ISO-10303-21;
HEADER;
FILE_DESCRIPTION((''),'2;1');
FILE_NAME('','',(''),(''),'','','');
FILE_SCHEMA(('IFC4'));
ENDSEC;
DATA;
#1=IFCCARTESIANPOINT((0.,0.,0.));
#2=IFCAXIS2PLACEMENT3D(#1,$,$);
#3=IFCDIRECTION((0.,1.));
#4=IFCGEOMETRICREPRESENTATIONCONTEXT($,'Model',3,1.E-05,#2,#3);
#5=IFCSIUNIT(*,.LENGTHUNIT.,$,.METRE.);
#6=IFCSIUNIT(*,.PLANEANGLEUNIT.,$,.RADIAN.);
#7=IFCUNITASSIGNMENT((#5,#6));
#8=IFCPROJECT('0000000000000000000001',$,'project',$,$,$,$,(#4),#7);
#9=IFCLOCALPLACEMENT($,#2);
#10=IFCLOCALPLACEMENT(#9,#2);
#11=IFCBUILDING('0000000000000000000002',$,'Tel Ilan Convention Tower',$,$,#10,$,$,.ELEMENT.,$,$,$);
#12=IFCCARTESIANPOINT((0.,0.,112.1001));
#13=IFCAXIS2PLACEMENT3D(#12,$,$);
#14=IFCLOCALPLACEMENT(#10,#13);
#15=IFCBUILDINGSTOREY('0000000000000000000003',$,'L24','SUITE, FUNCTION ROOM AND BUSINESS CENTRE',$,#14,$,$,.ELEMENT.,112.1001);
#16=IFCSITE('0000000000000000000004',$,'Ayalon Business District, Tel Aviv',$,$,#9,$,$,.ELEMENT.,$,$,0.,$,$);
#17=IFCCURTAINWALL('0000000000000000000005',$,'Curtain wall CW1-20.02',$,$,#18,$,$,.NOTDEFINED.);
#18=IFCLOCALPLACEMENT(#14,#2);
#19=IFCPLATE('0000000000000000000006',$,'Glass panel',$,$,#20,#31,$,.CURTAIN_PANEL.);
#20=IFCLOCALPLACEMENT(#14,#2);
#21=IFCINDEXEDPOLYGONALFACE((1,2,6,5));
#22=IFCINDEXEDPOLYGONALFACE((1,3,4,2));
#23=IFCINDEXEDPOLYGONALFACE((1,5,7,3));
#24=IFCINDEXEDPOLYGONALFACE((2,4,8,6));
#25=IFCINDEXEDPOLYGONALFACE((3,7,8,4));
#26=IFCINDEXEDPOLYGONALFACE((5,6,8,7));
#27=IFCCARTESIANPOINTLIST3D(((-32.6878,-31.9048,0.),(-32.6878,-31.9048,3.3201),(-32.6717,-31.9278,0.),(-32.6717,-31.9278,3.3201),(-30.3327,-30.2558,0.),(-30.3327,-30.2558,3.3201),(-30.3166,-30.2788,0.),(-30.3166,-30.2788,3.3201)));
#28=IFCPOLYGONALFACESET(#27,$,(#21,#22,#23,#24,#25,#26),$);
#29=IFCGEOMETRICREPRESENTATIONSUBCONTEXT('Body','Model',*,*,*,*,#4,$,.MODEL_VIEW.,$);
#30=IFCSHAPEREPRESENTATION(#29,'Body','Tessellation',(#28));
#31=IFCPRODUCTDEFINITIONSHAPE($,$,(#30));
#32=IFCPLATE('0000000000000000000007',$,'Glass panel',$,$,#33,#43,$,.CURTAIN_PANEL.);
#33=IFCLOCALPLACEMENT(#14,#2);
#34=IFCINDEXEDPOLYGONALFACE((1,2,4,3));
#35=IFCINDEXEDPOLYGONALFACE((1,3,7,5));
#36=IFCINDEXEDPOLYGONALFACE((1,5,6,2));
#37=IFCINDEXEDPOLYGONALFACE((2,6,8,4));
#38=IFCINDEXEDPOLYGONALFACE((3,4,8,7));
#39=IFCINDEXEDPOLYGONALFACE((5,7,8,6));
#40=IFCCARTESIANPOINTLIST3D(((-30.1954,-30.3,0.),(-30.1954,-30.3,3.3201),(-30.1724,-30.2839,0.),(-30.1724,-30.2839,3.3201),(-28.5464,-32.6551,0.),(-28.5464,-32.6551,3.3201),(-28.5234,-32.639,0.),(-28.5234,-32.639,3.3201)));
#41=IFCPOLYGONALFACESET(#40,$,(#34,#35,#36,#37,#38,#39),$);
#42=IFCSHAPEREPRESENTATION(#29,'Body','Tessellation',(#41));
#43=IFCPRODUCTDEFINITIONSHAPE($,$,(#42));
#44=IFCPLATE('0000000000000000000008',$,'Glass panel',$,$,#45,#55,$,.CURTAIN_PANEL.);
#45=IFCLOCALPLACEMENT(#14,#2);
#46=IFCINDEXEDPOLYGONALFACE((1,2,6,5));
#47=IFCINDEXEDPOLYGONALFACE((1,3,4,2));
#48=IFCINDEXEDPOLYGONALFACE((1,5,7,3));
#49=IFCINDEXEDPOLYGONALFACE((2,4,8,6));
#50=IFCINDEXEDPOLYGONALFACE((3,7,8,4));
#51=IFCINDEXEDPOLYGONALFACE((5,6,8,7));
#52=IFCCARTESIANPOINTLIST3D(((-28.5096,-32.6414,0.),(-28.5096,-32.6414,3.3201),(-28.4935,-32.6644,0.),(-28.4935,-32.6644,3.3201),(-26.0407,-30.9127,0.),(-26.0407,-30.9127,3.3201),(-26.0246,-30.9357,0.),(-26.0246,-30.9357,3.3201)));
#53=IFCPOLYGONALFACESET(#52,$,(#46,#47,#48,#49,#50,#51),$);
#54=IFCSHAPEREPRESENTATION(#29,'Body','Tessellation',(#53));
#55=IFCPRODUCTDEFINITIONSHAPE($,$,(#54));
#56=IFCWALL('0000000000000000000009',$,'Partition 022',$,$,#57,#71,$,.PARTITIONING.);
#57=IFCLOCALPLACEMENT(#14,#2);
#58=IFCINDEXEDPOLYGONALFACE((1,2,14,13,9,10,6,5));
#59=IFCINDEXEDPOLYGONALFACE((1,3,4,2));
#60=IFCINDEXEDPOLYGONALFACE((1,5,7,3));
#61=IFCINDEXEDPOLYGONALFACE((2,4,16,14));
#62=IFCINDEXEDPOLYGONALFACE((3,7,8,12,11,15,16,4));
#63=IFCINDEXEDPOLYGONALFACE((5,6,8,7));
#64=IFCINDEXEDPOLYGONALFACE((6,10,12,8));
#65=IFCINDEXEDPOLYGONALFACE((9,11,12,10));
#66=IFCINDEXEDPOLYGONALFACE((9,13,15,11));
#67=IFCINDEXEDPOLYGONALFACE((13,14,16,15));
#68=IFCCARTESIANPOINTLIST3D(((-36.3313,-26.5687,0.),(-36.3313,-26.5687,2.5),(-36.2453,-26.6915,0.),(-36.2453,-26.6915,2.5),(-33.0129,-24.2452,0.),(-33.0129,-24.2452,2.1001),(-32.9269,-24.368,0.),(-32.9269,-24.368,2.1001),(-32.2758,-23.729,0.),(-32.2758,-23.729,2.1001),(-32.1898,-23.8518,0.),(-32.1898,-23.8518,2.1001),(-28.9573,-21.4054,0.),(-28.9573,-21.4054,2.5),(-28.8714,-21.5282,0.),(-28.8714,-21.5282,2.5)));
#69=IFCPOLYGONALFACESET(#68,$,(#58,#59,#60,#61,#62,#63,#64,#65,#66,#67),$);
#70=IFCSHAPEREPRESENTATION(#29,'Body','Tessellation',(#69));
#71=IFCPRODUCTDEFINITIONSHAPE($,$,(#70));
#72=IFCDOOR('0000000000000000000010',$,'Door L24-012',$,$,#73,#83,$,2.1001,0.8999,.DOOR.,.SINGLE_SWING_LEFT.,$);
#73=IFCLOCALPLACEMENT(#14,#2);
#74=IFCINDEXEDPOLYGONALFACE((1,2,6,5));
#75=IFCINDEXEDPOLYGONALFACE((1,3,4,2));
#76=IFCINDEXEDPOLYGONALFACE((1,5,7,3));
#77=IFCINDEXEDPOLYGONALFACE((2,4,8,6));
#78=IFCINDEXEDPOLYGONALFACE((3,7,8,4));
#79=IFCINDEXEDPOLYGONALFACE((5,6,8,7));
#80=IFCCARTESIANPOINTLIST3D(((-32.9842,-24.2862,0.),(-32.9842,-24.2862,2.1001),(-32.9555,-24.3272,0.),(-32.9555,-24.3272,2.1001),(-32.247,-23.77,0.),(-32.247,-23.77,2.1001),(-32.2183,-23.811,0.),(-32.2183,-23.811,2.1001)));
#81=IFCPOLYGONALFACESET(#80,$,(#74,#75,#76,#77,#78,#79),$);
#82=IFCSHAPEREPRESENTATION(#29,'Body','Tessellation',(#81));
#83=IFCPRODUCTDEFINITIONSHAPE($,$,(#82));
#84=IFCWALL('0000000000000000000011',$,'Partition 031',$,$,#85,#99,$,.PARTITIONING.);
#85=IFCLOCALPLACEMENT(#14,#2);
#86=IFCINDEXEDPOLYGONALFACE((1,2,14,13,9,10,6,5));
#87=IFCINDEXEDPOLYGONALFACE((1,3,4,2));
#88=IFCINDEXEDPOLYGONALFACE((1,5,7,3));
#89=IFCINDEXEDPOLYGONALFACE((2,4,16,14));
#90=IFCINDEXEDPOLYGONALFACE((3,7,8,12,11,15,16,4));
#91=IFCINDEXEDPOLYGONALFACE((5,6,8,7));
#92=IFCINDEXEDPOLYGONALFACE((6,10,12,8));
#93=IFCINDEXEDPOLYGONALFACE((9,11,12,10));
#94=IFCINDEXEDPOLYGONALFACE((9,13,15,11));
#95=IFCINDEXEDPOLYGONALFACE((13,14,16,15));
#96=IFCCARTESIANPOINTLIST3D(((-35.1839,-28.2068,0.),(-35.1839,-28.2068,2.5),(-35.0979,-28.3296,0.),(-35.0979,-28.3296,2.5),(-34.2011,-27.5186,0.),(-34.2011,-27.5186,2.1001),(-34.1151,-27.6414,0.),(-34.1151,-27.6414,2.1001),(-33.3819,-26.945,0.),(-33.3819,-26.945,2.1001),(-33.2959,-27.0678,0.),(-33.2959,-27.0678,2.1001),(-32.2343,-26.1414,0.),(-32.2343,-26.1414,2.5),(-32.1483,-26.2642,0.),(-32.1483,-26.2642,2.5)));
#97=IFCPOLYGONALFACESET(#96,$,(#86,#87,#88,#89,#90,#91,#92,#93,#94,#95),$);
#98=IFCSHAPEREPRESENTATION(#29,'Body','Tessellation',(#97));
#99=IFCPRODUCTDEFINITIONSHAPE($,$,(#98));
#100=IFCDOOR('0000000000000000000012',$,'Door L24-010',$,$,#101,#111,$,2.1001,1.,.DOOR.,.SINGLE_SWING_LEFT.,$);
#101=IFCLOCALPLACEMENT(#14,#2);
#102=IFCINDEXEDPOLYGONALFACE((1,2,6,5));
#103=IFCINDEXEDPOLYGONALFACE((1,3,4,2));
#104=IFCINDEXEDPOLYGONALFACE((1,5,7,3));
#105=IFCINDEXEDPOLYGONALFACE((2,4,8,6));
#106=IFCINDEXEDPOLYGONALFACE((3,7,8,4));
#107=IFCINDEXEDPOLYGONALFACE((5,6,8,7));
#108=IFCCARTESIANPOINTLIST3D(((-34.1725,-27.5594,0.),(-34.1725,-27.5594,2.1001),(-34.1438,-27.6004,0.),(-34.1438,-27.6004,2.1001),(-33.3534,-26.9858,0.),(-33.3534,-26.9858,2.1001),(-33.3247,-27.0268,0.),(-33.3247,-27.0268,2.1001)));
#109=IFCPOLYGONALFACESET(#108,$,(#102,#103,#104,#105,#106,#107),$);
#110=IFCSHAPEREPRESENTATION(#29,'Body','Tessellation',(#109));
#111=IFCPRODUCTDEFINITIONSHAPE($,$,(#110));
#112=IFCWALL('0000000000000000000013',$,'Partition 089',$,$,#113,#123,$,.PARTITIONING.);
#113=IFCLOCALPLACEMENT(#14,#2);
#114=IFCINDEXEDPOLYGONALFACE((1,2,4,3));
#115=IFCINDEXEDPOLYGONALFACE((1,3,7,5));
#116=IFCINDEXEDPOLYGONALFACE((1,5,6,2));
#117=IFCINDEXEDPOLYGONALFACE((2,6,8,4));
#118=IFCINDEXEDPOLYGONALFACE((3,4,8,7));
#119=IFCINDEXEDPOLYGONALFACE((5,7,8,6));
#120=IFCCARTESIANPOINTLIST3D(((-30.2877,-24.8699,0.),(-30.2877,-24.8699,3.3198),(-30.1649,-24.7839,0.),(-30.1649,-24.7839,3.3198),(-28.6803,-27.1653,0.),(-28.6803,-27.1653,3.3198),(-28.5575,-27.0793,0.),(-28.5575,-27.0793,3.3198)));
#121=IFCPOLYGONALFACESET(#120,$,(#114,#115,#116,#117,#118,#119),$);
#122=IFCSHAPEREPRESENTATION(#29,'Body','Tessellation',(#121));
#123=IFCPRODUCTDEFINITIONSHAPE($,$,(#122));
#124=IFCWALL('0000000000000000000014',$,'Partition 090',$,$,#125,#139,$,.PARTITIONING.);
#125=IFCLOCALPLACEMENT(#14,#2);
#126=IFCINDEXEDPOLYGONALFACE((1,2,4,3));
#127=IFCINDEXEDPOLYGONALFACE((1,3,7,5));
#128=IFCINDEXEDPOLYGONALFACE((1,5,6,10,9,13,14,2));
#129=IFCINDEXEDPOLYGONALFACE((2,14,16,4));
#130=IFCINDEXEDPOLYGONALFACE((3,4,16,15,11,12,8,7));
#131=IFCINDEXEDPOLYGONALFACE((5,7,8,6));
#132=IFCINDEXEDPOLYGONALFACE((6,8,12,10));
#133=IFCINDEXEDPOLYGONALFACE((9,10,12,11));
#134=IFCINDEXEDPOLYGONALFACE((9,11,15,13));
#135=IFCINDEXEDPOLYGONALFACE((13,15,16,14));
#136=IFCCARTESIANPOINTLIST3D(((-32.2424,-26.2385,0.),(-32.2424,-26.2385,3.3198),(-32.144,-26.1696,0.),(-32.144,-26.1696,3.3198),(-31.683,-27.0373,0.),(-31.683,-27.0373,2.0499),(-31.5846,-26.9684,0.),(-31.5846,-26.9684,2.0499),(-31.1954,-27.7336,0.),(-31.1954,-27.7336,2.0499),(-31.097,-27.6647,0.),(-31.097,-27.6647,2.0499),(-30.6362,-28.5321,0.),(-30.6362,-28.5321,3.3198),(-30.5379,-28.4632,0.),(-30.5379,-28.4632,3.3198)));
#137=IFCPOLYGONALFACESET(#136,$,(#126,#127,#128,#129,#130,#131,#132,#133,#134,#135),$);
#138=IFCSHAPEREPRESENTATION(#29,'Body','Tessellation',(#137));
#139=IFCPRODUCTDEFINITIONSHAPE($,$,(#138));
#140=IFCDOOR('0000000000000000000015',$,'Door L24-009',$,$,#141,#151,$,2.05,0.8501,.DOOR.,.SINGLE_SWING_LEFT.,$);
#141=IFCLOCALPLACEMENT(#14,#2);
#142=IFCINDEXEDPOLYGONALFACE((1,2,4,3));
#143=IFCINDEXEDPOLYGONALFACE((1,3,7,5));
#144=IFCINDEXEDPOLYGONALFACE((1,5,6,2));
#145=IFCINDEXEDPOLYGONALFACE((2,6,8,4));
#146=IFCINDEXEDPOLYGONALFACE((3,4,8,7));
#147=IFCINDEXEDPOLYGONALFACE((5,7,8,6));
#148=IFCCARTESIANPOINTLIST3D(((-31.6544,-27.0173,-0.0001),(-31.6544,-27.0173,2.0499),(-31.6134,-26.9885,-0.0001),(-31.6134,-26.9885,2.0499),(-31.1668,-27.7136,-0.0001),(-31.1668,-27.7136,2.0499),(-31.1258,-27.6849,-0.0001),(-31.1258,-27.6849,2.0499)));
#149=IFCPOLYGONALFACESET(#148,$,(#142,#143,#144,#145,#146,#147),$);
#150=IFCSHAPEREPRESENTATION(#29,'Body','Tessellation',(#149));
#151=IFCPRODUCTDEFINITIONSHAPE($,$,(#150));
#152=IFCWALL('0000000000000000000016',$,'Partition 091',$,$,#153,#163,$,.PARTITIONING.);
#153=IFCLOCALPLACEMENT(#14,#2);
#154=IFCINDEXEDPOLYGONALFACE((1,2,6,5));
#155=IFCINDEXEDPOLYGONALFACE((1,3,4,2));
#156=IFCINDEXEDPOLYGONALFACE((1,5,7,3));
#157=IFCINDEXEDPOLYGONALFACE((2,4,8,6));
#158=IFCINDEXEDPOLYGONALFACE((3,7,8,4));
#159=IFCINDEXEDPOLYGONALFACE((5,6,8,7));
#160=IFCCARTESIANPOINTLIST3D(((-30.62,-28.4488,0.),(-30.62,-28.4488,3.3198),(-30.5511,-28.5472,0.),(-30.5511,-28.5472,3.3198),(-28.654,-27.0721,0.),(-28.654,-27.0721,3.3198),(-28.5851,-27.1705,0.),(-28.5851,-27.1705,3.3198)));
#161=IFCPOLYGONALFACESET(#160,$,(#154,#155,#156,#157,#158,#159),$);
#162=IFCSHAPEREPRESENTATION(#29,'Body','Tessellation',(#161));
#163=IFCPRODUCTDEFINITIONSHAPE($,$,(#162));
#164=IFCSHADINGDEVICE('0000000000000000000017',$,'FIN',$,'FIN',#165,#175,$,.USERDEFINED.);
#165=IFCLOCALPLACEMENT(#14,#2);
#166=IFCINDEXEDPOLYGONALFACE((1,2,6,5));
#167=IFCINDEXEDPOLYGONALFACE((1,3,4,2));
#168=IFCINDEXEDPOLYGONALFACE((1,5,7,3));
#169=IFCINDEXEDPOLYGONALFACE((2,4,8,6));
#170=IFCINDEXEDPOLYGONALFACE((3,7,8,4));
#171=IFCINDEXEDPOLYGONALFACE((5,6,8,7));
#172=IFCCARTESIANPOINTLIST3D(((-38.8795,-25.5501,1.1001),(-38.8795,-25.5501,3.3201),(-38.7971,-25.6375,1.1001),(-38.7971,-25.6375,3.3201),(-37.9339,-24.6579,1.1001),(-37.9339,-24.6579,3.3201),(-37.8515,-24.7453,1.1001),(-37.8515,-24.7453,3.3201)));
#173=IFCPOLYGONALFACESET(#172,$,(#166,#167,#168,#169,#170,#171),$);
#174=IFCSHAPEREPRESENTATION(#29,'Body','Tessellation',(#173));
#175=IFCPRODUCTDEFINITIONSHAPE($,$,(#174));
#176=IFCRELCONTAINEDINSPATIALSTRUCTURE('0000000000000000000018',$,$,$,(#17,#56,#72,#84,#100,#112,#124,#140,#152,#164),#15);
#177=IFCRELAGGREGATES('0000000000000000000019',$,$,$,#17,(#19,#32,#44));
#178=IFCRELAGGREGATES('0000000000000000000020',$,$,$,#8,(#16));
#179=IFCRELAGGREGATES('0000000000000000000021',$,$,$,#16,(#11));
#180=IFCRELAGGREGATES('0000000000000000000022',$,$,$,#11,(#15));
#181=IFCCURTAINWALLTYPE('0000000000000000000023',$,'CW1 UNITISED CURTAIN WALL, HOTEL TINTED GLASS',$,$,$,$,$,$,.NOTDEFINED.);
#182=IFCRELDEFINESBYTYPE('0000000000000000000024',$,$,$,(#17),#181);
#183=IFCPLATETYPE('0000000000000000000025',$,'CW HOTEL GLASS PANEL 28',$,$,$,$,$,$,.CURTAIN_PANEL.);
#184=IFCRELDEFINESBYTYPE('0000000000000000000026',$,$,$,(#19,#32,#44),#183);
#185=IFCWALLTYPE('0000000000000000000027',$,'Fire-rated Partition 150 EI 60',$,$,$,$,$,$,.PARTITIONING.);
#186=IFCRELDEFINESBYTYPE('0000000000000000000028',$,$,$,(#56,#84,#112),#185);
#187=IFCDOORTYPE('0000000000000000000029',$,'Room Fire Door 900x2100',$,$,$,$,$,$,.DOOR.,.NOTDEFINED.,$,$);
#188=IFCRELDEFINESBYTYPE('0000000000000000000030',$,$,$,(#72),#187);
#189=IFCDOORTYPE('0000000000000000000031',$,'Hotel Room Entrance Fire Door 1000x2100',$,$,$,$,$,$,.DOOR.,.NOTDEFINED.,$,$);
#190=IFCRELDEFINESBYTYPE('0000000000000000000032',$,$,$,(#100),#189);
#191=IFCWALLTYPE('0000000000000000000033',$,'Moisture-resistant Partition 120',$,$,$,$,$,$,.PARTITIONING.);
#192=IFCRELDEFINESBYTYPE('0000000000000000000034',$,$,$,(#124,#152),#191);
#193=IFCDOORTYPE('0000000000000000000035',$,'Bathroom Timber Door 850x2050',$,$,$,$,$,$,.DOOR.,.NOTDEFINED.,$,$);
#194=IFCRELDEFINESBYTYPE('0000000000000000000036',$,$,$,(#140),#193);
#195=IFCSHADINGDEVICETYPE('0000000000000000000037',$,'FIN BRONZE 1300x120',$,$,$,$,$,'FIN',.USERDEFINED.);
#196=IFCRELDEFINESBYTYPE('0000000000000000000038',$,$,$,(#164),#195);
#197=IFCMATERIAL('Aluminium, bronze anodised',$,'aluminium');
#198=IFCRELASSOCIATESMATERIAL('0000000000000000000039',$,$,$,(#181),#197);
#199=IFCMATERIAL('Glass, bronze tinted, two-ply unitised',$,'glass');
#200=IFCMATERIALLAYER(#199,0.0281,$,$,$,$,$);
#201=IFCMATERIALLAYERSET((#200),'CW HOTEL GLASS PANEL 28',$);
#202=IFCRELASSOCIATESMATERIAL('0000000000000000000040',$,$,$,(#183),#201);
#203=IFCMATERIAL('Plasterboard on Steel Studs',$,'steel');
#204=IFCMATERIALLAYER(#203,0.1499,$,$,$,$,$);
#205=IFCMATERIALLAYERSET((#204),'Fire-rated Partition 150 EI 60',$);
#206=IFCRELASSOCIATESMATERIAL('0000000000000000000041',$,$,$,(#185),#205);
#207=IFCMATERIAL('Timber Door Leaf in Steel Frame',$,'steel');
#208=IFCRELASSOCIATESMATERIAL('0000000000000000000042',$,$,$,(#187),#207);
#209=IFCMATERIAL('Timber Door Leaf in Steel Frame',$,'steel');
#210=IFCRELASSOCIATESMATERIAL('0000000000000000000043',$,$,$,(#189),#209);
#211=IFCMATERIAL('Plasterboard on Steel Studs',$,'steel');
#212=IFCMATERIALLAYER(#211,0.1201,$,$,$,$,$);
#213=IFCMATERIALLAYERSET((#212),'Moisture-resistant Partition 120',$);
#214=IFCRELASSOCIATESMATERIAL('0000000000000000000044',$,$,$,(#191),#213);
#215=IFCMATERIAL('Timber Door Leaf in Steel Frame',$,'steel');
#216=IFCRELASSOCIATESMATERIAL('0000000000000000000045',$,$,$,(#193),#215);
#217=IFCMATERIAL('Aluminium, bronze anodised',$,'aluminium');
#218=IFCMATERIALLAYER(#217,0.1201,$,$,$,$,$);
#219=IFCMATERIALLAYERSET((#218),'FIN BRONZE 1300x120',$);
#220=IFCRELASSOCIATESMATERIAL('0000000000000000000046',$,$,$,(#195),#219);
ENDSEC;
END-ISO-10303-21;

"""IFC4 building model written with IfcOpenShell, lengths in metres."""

from ifc_helpers import new_model, si_unit, direction, frame, frame_2d, origin, origin_2d, place, context, subcontext, project, spatial, rectangle, extrude, material, layer, layer_set, type_object, element, fill, aggregate, save


model = new_model("IFC4")

# Units and contexts
model_context = context("Model", 3, precision=1e-05, world=origin(), true_north=direction((0.0, 1.0)))
body_context = subcontext(model_context, "Body", "Model", "MODEL_VIEW")
ifc_project = project(units=[si_unit("LENGTHUNIT", "METRE"), si_unit("PLANEANGLEUNIT", "RADIAN")], contexts=[model_context])

# Site, building, storey
site_placement = place(None, origin())
site = spatial("IfcSite", under=ifc_project, at=site_placement, Name="Ayalon Business District, Tel Aviv", CompositionType="ELEMENT", RefElevation=0.0)
building_placement = place(site_placement, origin())
building = spatial("IfcBuilding", under=site, at=building_placement, Name="Tel Ilan Convention Tower", CompositionType="ELEMENT")
storey_placement = place(building_placement, frame((0.0, 0.0, 112.1001)))
storey = spatial("IfcBuildingStorey", under=building, at=storey_placement, Name="L24", Description="SUITE, FUNCTION ROOM AND BUSINESS CENTRE", CompositionType="ELEMENT", Elevation=112.1001)

# Curtain wall, plates
ifc_material_1 = material(Name="Aluminium, bronze anodised", Category="aluminium")
curtain_wall_type = type_object("IfcCurtainWallType", Name="CW1 UNITISED CURTAIN WALL, HOTEL TINTED GLASS", PredefinedType="NOTDEFINED", material=ifc_material_1)
curtain_wall_placement = place(storey_placement, origin())
curtain_wall = element("IfcCurtainWall", 1, at=curtain_wall_placement, inside=storey, type_object=curtain_wall_type, Name="Curtain wall CW1-20.02", PredefinedType="NOTDEFINED")
ifc_material_2 = material(Name="Glass, bronze tinted, two-ply unitised", Category="glass")
ifc_layer_1 = layer(ifc_material_2, 0.0281)
ifc_layer_set_1 = layer_set([ifc_layer_1], Name="CW HOTEL GLASS PANEL 28")
plate_type = type_object("IfcPlateType", Name="CW HOTEL GLASS PANEL 28", PredefinedType="CURTAIN_PANEL", material=ifc_layer_set_1)
plate_1_placement = place(storey_placement, frame((-31.5022, -31.0918, 0.0), z_axis=(0.0, 0.0, 1.0), x_axis=(0.819152, 0.573576, 0.0)))
plate_1 = element("IfcPlate", 2, at=plate_1_placement, type_object=plate_type, Name="Glass panel", PredefinedType="CURTAIN_PANEL", context=body_context, shape_type="SweptSolid", body=[
    extrude(rectangle(XDim=2.875, YDim=0.0281, at=origin_2d()), origin(), (0.0, 0.0, 1.0), 3.3201),
])
plate_2_placement = place(storey_placement, frame((-29.3594, -31.4695, 0.0), z_axis=(0.0, 0.0, 1.0), x_axis=(0.573576, -0.819152, 0.0)))
plate_2 = element("IfcPlate", 3, at=plate_2_placement, type_object=plate_type, Name="Glass panel", PredefinedType="CURTAIN_PANEL", context=body_context, shape_type="SweptSolid", body=[
    extrude(rectangle(XDim=2.875, YDim=0.0281, at=origin_2d()), origin(), (0.0, 0.0, 1.0), 3.3201),
])
plate_3_placement = place(storey_placement, frame((-27.2671, -31.7886, 0.0), z_axis=(0.0, 0.0, 1.0), x_axis=(0.819152, 0.573576, 0.0)))
plate_3 = element("IfcPlate", 4, at=plate_3_placement, type_object=plate_type, Name="Glass panel", PredefinedType="CURTAIN_PANEL", context=body_context, shape_type="SweptSolid", body=[
    extrude(rectangle(XDim=3.0139, YDim=0.0281, at=origin_2d()), origin(), (0.0, 0.0, 1.0), 3.3201),
])
aggregate(curtain_wall, [plate_1, plate_2, plate_3])

# Walls, openings, doors
ifc_material_3 = material(Name="Plasterboard on Steel Studs", Category="steel")
ifc_layer_2 = layer(ifc_material_3, 0.1499)
ifc_layer_set_2 = layer_set([ifc_layer_2], Name="Fire-rated Partition 150 EI 60")
wall_type_1 = type_object("IfcWallType", Name="Fire-rated Partition 150 EI 60", PredefinedType="PARTITIONING", material=ifc_layer_set_2)
wall_1_placement = place(storey_placement, frame((-36.2883, -26.6301, 0.0), z_axis=(0.0, 0.0, 1.0), x_axis=(0.819153, 0.573575, 0.0)))
wall_1 = element("IfcWall", 5, at=wall_1_placement, inside=storey, type_object=wall_type_1, Name="Partition 022", PredefinedType="PARTITIONING", context=body_context, shape_type="SweptSolid", body=[
    extrude(rectangle(XDim=9.002, YDim=0.1499, at=frame_2d((4.501, 0.0))), origin(), (0.0, 0.0, 1.0), 2.5),
])
opening_1_placement = place(wall_1_placement, frame((4.051, 0.0, 0.0)))
opening_1 = element("IfcOpeningElement", 6, at=opening_1_placement, cuts=wall_1, PredefinedType="OPENING", context=body_context, shape_type="SweptSolid", body=[
    extrude(rectangle(XDim=0.8999, YDim=2.1001, at=frame_2d((0.45, 1.05))), frame((0.0, 0.085, 0.0), z_axis=(0.0, -1.0, 0.0), x_axis=(1.0, 0.0, 0.0)), (0.0, 0.0, 1.0), 0.1699),
])
ifc_material_4 = material(Name="Timber Door Leaf in Steel Frame", Category="steel")
door_type_1 = type_object("IfcDoorType", Name="Room Fire Door 900x2100", OperationType="NOTDEFINED", PredefinedType="DOOR", material=ifc_material_4)
door_1_placement = place(opening_1_placement, origin())
door_1 = element("IfcDoor", 7, at=door_1_placement, inside=storey, type_object=door_type_1, Name="Door L24-012", OperationType="SINGLE_SWING_LEFT", OverallHeight=2.1001, OverallWidth=0.8999, PredefinedType="DOOR", context=body_context, shape_type="SweptSolid", body=[
    extrude(rectangle(XDim=0.8999, YDim=2.1001, at=frame_2d((0.45, 1.05))), frame((0.0, 0.0249, 0.0), z_axis=(0.0, -1.0, 0.0), x_axis=(1.0, 0.0, 0.0)), (0.0, 0.0, 1.0), 0.05),
])
fill(opening_1, door_1)
wall_2_placement = place(storey_placement, frame((-32.1914, -26.2029, 0.0), z_axis=(0.0, 0.0, 1.0), x_axis=(-0.819149, -0.573581, 0.0)))
wall_2 = element("IfcWall", 8, at=wall_2_placement, inside=storey, type_object=wall_type_1, Name="Partition 031", PredefinedType="PARTITIONING", context=body_context, shape_type="SweptSolid", body=[
    extrude(rectangle(XDim=3.6008, YDim=0.1499, at=frame_2d((1.8003, 0.0))), origin(), (0.0, 0.0, 1.0), 2.5),
])
opening_2_placement = place(wall_2_placement, frame((1.4009, 0.0, 0.0)))
opening_2 = element("IfcOpeningElement", 9, at=opening_2_placement, cuts=wall_2, PredefinedType="OPENING", context=body_context, shape_type="SweptSolid", body=[
    extrude(rectangle(XDim=1.0, YDim=2.1001, at=frame_2d((0.5, 1.05))), frame((0.0, 0.085, 0.0), z_axis=(0.0, -1.0, 0.0), x_axis=(1.0, 0.0, 0.0)), (0.0, 0.0, 1.0), 0.1699),
])
ifc_material_5 = material(Name="Timber Door Leaf in Steel Frame", Category="steel")
door_type_2 = type_object("IfcDoorType", Name="Hotel Room Entrance Fire Door 1000x2100", OperationType="NOTDEFINED", PredefinedType="DOOR", material=ifc_material_5)
door_2_placement = place(opening_2_placement, origin())
door_2 = element("IfcDoor", 10, at=door_2_placement, inside=storey, type_object=door_type_2, Name="Door L24-010", OperationType="SINGLE_SWING_LEFT", OverallHeight=2.1001, OverallWidth=1.0, PredefinedType="DOOR", context=body_context, shape_type="SweptSolid", body=[
    extrude(rectangle(XDim=1.0, YDim=2.1001, at=frame_2d((0.5, 1.05))), frame((0.0, 0.0249, 0.0), z_axis=(0.0, -1.0, 0.0), x_axis=(1.0, 0.0, 0.0)), (0.0, 0.0, 1.0), 0.05),
])
fill(opening_2, door_2)

# Wall
wall_3_placement = place(storey_placement, frame((-28.6189, -27.1223, 0.0), z_axis=(0.0, 0.0, 1.0), x_axis=(-0.573614, 0.819125, 0.0)))
element("IfcWall", 11, at=wall_3_placement, inside=storey, type_object=wall_type_1, Name="Partition 089", PredefinedType="PARTITIONING", context=body_context, shape_type="SweptSolid", body=[
    extrude(rectangle(XDim=2.8022, YDim=0.1499, at=frame_2d((1.4011, 0.0))), origin(), (0.0, 0.0, 1.0), 3.3198),
])

# Wall, opening, door
ifc_material_6 = material(Name="Plasterboard on Steel Studs", Category="steel")
ifc_layer_3 = layer(ifc_material_6, 0.1201)
ifc_layer_set_3 = layer_set([ifc_layer_3], Name="Moisture-resistant Partition 120")
wall_type_2 = type_object("IfcWallType", Name="Moisture-resistant Partition 120", PredefinedType="PARTITIONING", material=ifc_layer_set_3)
wall_4_placement = place(storey_placement, frame((-32.1931, -26.2041, 0.0), z_axis=(0.0, 0.0, 1.0), x_axis=(0.573609, -0.81913, 0.0)))
wall_4 = element("IfcWall", 12, at=wall_4_placement, inside=storey, type_object=wall_type_2, Name="Partition 090", PredefinedType="PARTITIONING", context=body_context, shape_type="SweptSolid", body=[
    extrude(rectangle(XDim=2.8, YDim=0.1201, at=frame_2d((1.3999, 0.0))), origin(), (0.0, 0.0, 1.0), 3.3198),
])
opening_3_placement = place(wall_4_placement, frame((0.9751, 0.0, 0.0)))
opening_3 = element("IfcOpeningElement", 13, at=opening_3_placement, cuts=wall_4, PredefinedType="OPENING", context=body_context, shape_type="SweptSolid", body=[
    extrude(rectangle(XDim=0.8501, YDim=2.05, at=frame_2d((0.425, 1.0249))), frame((0.0, 0.0701, 0.0), z_axis=(0.0, -1.0, 0.0), x_axis=(1.0, 0.0, 0.0)), (0.0, 0.0, 1.0), 0.1401),
])
ifc_material_7 = material(Name="Timber Door Leaf in Steel Frame", Category="steel")
door_type_3 = type_object("IfcDoorType", Name="Bathroom Timber Door 850x2050", OperationType="NOTDEFINED", PredefinedType="DOOR", material=ifc_material_7)
door_3_placement = place(opening_3_placement, origin())
door_3 = element("IfcDoor", 14, at=door_3_placement, inside=storey, type_object=door_type_3, Name="Door L24-009", OperationType="SINGLE_SWING_LEFT", OverallHeight=2.05, OverallWidth=0.8501, PredefinedType="DOOR", context=body_context, shape_type="SweptSolid", body=[
    extrude(rectangle(XDim=0.8501, YDim=2.05, at=frame_2d((0.425, 1.0249))), frame((0.0, 0.0249, 0.0), z_axis=(0.0, -1.0, 0.0), x_axis=(1.0, 0.0, 0.0)), (0.0, 0.0, 1.0), 0.05),
])
fill(opening_3, door_3)

# Wall
wall_5_placement = place(storey_placement, frame((-30.5857, -28.498, 0.0), z_axis=(0.0, 0.0, 1.0), x_axis=(0.819141, 0.573592, 0.0)))
element("IfcWall", 15, at=wall_5_placement, inside=storey, type_object=wall_type_2, Name="Partition 091", PredefinedType="PARTITIONING", context=body_context, shape_type="SweptSolid", body=[
    extrude(rectangle(XDim=2.4001, YDim=0.1201, at=frame_2d((1.2002, 0.0))), origin(), (0.0, 0.0, 1.0), 3.3198),
])

# Shading device
ifc_material_8 = material(Name="Aluminium, bronze anodised", Category="aluminium")
ifc_layer_4 = layer(ifc_material_8, 0.1201)
ifc_layer_set_4 = layer_set([ifc_layer_4], Name="FIN BRONZE 1300x120")
shading_device_type = type_object("IfcShadingDeviceType", Name="FIN BRONZE 1300x120", ElementType="FIN", PredefinedType="USERDEFINED", material=ifc_layer_set_4)
for number, where, z_axis, x_axis, name in (
    (16, (-38.3655, -25.1477, 1.1001), (0.0, 0.0, 1.0), (-0.727374, -0.686242, 0.0), "FIN"),
):
    element("IfcShadingDevice", number, at=place(storey_placement, frame(where, z_axis=z_axis, x_axis=x_axis)), inside=storey, type_object=shading_device_type, Name=name, ObjectType="FIN", PredefinedType="USERDEFINED", context=body_context, shape_type="SweptSolid", body=[
        extrude(rectangle(XDim=1.3, YDim=0.1201, at=origin_2d()), origin(), (0.0, 0.0, 1.0), 2.22),
    ])

save(model, "model.ifc")
